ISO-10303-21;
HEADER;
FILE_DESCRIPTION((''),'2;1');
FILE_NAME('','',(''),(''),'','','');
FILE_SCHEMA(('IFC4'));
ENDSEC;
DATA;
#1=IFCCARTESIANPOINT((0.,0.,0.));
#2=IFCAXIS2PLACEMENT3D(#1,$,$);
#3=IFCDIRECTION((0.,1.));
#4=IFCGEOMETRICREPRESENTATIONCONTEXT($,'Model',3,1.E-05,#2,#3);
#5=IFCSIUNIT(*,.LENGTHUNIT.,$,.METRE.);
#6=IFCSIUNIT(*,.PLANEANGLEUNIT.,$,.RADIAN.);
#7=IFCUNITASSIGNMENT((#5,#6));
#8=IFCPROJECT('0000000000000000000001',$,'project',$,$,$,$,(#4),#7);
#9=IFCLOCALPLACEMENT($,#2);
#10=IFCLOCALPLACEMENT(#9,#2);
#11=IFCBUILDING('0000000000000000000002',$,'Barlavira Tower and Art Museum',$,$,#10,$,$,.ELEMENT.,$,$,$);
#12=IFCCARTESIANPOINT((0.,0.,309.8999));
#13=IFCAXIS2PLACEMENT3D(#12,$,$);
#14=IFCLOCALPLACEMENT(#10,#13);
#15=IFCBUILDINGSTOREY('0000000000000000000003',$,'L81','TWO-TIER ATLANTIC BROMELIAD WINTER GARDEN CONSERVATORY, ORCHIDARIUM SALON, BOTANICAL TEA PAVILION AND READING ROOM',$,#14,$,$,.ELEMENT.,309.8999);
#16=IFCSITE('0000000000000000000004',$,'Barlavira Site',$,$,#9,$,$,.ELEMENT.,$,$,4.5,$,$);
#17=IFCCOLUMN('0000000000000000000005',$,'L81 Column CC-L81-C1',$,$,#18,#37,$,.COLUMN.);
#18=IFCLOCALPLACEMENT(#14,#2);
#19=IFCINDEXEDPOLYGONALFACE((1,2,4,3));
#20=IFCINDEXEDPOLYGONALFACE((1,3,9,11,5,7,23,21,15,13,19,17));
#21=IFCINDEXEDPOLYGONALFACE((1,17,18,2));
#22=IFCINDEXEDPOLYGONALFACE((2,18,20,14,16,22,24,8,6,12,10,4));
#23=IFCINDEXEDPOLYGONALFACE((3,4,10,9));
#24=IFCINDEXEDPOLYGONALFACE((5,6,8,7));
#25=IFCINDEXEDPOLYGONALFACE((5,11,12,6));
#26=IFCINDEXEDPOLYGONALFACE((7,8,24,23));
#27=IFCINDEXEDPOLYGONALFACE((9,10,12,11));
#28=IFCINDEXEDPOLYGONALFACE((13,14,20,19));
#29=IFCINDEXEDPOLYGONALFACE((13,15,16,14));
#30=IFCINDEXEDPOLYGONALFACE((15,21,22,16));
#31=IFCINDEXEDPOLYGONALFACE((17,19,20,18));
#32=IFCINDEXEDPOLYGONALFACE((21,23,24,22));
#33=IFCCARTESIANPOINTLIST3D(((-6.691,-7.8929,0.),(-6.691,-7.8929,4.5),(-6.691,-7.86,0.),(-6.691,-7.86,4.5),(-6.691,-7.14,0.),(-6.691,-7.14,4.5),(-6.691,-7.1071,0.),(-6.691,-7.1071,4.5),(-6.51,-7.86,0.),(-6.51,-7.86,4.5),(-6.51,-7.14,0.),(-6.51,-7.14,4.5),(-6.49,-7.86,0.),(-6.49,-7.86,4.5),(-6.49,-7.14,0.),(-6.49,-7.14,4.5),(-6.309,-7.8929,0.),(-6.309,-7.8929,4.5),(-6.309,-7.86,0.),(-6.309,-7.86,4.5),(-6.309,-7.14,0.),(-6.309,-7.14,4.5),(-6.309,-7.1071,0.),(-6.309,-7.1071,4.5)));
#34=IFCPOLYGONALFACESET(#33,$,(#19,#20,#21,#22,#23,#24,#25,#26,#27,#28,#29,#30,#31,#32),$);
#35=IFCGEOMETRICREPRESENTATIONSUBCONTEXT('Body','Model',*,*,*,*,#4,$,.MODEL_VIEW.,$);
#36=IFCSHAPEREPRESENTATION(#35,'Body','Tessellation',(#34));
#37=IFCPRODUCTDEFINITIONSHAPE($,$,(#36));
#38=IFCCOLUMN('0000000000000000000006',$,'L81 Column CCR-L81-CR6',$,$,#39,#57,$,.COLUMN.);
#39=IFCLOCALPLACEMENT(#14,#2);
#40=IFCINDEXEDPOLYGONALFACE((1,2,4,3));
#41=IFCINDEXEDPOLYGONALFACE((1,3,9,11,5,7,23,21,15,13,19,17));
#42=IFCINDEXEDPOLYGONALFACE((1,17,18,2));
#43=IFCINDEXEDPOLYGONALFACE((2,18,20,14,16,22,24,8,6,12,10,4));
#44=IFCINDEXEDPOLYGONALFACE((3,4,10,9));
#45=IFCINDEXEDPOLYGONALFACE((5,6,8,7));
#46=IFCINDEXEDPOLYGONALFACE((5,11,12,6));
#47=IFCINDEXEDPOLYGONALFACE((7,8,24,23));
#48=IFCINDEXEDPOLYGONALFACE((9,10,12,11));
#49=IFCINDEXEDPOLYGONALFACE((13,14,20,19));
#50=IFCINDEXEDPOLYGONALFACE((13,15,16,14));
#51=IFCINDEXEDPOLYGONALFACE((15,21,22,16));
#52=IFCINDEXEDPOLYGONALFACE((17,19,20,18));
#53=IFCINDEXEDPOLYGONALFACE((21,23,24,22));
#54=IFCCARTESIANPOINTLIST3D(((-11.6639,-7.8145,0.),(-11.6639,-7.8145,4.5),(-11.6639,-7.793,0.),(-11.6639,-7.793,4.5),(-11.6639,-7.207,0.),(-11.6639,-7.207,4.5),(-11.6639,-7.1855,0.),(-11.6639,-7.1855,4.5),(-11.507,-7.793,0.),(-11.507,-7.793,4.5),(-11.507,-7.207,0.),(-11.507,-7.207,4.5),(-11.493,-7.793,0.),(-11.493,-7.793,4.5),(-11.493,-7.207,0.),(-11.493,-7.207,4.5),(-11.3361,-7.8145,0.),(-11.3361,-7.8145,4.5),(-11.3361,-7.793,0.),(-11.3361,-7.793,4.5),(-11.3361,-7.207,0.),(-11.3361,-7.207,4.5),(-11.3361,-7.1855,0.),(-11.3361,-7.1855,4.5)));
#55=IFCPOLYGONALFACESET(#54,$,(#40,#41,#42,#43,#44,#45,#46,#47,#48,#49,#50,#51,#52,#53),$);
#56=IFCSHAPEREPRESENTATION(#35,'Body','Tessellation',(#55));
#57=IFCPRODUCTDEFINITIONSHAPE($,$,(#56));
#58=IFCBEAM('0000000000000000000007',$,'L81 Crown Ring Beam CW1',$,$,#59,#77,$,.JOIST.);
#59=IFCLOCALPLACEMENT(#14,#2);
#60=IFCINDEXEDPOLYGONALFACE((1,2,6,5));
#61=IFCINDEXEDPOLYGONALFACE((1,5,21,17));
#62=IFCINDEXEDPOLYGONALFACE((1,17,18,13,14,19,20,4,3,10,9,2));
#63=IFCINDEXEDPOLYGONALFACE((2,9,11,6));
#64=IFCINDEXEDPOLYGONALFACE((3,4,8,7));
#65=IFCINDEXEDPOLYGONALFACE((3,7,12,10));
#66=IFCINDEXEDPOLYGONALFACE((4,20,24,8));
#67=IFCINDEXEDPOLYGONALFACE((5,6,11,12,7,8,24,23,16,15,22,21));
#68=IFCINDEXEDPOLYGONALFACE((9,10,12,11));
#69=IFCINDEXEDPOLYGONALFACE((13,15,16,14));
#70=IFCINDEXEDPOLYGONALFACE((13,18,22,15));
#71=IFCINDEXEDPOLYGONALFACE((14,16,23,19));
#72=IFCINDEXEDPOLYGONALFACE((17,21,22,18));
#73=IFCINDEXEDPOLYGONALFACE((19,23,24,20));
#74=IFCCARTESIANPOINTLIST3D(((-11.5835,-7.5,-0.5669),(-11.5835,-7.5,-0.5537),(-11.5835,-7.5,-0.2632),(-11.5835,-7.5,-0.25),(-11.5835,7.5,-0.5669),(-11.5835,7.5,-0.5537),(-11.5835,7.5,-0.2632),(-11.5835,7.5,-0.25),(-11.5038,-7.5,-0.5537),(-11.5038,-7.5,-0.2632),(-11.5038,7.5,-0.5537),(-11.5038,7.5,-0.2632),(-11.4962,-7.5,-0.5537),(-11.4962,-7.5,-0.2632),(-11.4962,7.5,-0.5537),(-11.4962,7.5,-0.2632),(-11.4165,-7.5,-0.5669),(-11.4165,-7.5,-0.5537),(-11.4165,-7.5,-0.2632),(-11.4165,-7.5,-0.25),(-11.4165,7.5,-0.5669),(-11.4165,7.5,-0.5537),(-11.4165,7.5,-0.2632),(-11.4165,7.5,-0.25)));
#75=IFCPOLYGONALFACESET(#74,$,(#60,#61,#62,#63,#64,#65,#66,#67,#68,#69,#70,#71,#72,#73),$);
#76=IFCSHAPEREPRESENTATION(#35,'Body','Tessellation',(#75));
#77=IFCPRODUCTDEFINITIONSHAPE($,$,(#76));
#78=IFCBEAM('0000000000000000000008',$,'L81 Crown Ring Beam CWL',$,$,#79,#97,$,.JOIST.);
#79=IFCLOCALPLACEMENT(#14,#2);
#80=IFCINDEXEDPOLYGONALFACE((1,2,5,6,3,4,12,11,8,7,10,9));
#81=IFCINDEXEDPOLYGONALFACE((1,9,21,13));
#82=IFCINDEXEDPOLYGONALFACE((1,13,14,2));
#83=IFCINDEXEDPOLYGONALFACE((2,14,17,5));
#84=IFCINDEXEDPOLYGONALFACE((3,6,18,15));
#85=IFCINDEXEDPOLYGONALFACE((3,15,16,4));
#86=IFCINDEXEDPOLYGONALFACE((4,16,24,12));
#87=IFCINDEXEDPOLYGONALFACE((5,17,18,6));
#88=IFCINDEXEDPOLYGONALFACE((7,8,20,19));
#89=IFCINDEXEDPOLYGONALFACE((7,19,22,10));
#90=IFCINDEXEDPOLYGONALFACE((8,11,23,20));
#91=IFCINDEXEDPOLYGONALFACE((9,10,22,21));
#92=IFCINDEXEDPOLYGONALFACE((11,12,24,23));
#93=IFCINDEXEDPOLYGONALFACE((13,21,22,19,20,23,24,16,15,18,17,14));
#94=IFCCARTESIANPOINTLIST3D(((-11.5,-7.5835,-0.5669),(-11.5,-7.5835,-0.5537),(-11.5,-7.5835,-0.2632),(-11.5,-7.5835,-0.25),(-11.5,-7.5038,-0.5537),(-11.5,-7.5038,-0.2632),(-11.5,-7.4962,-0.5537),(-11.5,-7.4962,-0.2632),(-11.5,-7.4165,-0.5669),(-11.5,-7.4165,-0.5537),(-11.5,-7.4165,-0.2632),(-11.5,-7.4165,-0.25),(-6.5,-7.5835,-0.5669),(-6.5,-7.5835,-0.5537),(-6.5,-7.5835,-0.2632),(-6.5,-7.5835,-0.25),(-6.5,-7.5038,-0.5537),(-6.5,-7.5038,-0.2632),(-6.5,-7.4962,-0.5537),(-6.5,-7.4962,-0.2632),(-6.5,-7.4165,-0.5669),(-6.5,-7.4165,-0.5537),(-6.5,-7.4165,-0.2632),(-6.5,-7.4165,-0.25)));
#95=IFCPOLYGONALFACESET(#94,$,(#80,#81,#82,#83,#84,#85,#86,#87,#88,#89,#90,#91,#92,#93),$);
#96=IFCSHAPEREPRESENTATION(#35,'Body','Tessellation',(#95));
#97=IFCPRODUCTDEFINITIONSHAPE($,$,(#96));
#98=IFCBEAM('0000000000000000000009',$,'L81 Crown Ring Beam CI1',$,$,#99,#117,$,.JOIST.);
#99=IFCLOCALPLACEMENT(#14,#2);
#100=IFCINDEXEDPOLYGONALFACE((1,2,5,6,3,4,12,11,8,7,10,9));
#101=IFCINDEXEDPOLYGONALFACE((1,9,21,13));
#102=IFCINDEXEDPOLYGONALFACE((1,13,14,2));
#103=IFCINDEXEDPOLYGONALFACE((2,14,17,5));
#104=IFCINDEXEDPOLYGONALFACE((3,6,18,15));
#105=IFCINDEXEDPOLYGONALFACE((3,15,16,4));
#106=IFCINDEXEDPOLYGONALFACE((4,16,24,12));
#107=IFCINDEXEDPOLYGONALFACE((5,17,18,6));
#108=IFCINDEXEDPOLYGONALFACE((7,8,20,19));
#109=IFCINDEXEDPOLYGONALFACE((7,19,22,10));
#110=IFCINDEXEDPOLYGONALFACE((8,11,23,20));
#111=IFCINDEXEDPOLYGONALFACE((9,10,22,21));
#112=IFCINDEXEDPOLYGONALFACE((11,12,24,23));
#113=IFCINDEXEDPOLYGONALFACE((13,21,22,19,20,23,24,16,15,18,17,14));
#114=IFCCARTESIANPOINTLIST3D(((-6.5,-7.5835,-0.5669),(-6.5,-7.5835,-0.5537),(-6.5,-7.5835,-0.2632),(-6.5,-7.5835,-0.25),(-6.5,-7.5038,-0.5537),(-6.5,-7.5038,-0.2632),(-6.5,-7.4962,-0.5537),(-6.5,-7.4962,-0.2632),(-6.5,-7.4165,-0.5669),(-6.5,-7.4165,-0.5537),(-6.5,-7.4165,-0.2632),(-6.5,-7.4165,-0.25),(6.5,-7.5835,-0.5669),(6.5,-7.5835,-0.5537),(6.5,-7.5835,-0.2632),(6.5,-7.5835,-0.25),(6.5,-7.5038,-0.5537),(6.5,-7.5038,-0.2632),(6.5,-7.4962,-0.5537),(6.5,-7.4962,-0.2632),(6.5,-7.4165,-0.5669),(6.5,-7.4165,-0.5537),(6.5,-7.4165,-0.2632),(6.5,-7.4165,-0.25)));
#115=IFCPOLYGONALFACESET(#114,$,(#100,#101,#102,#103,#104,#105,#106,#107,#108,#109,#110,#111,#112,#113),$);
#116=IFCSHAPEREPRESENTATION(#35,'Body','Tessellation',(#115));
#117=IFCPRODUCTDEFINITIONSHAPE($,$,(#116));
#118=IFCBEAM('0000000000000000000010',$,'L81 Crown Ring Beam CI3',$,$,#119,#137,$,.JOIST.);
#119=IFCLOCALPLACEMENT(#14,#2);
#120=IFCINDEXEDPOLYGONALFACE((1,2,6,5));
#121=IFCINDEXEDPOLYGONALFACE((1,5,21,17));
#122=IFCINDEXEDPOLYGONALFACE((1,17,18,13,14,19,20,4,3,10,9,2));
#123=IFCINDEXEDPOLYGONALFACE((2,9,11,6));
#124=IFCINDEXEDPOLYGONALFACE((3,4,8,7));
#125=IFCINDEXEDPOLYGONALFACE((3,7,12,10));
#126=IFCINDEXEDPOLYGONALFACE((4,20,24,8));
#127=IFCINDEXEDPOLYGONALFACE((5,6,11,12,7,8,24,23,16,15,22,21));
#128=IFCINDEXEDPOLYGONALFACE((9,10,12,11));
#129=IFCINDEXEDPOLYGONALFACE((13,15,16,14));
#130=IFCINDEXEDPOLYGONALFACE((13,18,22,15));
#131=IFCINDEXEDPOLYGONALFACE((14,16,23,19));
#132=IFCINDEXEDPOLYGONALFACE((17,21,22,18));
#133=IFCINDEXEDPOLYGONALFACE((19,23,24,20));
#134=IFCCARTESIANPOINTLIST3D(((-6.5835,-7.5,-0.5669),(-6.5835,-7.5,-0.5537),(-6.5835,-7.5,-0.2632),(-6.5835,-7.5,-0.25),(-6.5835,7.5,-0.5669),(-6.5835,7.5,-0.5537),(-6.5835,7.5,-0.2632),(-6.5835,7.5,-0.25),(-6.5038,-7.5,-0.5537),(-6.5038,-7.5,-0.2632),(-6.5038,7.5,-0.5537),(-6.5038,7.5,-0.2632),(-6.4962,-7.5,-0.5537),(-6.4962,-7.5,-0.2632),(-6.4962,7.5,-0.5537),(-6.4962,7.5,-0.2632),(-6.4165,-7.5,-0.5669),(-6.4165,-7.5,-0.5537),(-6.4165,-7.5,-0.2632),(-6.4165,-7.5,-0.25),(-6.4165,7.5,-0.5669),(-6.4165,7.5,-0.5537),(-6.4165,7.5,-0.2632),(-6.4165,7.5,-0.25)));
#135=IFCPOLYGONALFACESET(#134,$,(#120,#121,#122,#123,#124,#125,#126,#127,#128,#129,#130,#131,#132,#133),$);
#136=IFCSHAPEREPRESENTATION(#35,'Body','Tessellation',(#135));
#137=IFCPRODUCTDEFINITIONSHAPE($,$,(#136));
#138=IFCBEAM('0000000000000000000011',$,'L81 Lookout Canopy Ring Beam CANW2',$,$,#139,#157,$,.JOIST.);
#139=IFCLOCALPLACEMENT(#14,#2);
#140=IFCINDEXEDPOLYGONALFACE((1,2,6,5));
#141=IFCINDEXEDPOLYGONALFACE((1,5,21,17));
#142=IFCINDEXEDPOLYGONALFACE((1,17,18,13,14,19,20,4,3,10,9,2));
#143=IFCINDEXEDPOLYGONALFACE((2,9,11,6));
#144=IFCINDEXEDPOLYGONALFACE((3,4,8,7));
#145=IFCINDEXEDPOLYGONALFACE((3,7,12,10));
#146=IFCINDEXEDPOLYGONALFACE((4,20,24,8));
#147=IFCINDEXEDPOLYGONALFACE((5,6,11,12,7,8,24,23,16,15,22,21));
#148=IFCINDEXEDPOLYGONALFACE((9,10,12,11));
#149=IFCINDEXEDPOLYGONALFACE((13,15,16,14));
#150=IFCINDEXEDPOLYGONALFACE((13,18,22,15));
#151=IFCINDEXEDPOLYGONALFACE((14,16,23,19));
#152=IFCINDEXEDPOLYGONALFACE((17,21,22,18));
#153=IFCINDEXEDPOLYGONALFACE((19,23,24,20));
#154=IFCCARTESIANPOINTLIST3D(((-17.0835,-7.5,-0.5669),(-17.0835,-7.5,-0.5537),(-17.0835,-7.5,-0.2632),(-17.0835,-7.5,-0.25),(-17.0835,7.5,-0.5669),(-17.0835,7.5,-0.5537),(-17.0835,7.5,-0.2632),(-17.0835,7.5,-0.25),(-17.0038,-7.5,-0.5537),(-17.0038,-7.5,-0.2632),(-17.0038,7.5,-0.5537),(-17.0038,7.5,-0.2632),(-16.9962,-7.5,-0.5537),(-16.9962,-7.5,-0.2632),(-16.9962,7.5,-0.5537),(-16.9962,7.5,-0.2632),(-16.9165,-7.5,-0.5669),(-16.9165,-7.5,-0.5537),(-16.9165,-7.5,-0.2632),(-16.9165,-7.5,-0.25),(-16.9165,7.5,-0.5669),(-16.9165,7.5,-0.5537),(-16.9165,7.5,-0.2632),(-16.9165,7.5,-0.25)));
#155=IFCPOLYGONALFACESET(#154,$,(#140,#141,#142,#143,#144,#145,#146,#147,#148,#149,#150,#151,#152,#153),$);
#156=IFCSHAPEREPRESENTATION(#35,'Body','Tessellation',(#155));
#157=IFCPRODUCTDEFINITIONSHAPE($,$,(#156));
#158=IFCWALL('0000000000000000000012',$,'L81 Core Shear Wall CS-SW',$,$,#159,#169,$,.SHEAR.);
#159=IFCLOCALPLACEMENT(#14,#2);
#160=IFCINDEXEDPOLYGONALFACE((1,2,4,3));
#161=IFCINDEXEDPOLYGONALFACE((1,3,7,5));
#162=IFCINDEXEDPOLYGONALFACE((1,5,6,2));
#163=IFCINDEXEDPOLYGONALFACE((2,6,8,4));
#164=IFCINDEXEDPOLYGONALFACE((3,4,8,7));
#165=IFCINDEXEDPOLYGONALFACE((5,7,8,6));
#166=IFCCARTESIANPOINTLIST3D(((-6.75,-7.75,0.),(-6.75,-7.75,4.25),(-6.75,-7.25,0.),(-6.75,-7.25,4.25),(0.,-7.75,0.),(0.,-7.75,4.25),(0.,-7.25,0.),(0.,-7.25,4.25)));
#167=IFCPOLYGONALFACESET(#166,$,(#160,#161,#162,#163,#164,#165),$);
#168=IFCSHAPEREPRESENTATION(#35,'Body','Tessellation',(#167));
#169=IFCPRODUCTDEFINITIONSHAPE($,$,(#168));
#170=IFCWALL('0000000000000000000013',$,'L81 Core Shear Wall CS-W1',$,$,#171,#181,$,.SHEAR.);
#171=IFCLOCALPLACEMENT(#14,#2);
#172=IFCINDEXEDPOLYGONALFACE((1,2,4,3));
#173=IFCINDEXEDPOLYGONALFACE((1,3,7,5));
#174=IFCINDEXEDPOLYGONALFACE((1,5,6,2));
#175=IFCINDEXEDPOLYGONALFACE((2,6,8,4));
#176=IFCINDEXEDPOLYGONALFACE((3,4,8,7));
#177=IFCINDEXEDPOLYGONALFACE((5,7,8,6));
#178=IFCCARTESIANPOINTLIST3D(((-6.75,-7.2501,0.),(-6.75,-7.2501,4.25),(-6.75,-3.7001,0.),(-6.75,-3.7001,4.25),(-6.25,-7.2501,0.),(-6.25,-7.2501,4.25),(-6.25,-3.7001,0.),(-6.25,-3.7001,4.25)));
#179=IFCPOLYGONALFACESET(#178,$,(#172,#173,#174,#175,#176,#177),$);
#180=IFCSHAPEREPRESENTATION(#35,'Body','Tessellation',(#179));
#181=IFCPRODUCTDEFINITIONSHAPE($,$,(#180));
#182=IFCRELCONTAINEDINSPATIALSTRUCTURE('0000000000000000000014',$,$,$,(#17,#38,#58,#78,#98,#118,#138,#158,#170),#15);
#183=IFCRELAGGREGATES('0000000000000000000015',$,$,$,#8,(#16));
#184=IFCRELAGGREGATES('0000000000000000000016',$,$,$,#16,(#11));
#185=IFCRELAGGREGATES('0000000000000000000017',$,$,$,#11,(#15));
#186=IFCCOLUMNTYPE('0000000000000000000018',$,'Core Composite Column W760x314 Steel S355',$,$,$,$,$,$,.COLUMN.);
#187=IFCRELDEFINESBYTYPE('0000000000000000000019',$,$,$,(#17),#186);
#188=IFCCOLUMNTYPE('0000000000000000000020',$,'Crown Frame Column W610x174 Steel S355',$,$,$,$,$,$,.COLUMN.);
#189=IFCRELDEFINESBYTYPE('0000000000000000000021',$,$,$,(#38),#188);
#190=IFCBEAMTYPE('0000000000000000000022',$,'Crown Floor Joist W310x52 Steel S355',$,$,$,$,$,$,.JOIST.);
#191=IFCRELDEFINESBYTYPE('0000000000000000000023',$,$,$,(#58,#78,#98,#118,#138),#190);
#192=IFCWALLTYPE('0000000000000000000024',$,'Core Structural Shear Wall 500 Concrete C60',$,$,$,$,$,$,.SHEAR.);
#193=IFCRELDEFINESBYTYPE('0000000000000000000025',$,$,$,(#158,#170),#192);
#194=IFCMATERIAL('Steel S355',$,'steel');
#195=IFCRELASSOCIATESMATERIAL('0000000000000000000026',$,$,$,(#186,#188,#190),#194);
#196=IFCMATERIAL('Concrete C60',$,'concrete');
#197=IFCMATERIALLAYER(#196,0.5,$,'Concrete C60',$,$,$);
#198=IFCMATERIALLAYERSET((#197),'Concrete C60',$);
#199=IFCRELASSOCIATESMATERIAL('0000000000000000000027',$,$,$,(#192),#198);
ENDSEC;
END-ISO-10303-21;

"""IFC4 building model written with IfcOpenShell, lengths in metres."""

from ifc_helpers import new_model, si_unit, direction, frame, frame_2d, origin, origin_2d, place, context, subcontext, project, spatial, rectangle, i_section, extrude, material, layer, layer_set, material_profile, profile_set, type_object, element, save


model = new_model("IFC4")

# Units and contexts
model_context = context("Model", 3, precision=1e-05, world=origin(), true_north=direction((0.0, 1.0)))
body_context = subcontext(model_context, "Body", "Model", "MODEL_VIEW")
ifc_project = project(units=[si_unit("LENGTHUNIT", "METRE"), si_unit("PLANEANGLEUNIT", "RADIAN")], contexts=[model_context])

# Site, building, storey
site_placement = place(None, origin())
site = spatial("IfcSite", under=ifc_project, at=site_placement, Name="Barlavira Site", CompositionType="ELEMENT", RefElevation=4.5)
building_placement = place(site_placement, origin())
building = spatial("IfcBuilding", under=site, at=building_placement, Name="Barlavira Tower and Art Museum", CompositionType="ELEMENT")
storey_placement = place(building_placement, frame((0.0, 0.0, 309.8999)))
storey = spatial("IfcBuildingStorey", under=building, at=storey_placement, Name="L81", Description="TWO-TIER ATLANTIC BROMELIAD WINTER GARDEN CONSERVATORY, ORCHIDARIUM SALON, BOTANICAL TEA PAVILION AND READING ROOM", CompositionType="ELEMENT", Elevation=309.8999)

# Columns
ifc_material_1 = material(Name="Steel S355", Category="steel")
ifc_material_profile_1 = material_profile(ifc_material_1, i_section(OverallWidth=0.3821, OverallDepth=0.7859, WebThickness=0.02, FlangeThickness=0.033, at=origin_2d()), Name="W760x314.0")
ifc_profile_set_1 = profile_set([ifc_material_profile_1], Name="Steel S355")
column_type_1 = type_object("IfcColumnType", Name="Core Composite Column W760x314 Steel S355", PredefinedType="COLUMN", material=ifc_profile_set_1)
column_1_placement = place(storey_placement, frame((-6.5, -7.5, 0.0), z_axis=(0.0, 0.0, 1.0), x_axis=(1.0, 0.0, 0.0)))
element("IfcColumn", 1, at=column_1_placement, inside=storey, type_object=column_type_1, Name="L81 Column CC-L81-C1", PredefinedType="COLUMN", context=body_context, shape_type="SweptSolid", body=[
    extrude(i_section(OverallWidth=0.3821, OverallDepth=0.7859, WebThickness=0.02, FlangeThickness=0.033, at=origin_2d()), origin(), (0.0, 0.0, 1.0), 4.5),
])
ifc_material_profile_2 = material_profile(ifc_material_1, i_section(OverallWidth=0.3279, OverallDepth=0.6289, WebThickness=0.0139, FlangeThickness=0.0215, at=origin_2d()), Name="W610x174.0")
ifc_profile_set_2 = profile_set([ifc_material_profile_2], Name="Steel S355")
column_type_2 = type_object("IfcColumnType", Name="Crown Frame Column W610x174 Steel S355", PredefinedType="COLUMN", material=ifc_profile_set_2)
column_2_placement = place(storey_placement, frame((-11.5, -7.5, 0.0), z_axis=(0.0, 0.0, 1.0), x_axis=(1.0, 0.0, 0.0)))
element("IfcColumn", 2, at=column_2_placement, inside=storey, type_object=column_type_2, Name="L81 Column CCR-L81-CR6", PredefinedType="COLUMN", context=body_context, shape_type="SweptSolid", body=[
    extrude(i_section(OverallWidth=0.3279, OverallDepth=0.6289, WebThickness=0.0139, FlangeThickness=0.0215, at=origin_2d()), origin(), (0.0, 0.0, 1.0), 4.5),
])

# Beams
ifc_material_profile_3 = material_profile(ifc_material_1, i_section(OverallWidth=0.167, OverallDepth=0.3169, WebThickness=0.0076, FlangeThickness=0.0132, at=origin_2d()), Name="W310x52.0")
ifc_profile_set_3 = profile_set([ifc_material_profile_3], Name="Steel S355")
beam_type = type_object("IfcBeamType", Name="Crown Floor Joist W310x52 Steel S355", PredefinedType="JOIST", material=ifc_profile_set_3)
beam_1_placement = place(storey_placement, frame((-11.5, -7.5, -0.4084), z_axis=(0.0, 1.0, 0.0), x_axis=(-1.0, 0.0, 0.0)))
element("IfcBeam", 3, at=beam_1_placement, inside=storey, type_object=beam_type, Name="L81 Crown Ring Beam CW1", PredefinedType="JOIST", context=body_context, shape_type="SweptSolid", body=[
    extrude(i_section(OverallWidth=0.167, OverallDepth=0.3169, WebThickness=0.0076, FlangeThickness=0.0132, at=origin_2d()), origin(), (0.0, 0.0, 1.0), 15.0),
])
beam_2_placement = place(storey_placement, frame((-11.5, -7.5, -0.4084), z_axis=(1.0, 0.0, 0.0), x_axis=(0.0, 1.0, 0.0)))
element("IfcBeam", 4, at=beam_2_placement, inside=storey, type_object=beam_type, Name="L81 Crown Ring Beam CWL", PredefinedType="JOIST", context=body_context, shape_type="SweptSolid", body=[
    extrude(i_section(OverallWidth=0.167, OverallDepth=0.3169, WebThickness=0.0076, FlangeThickness=0.0132, at=origin_2d()), origin(), (0.0, 0.0, 1.0), 5.0),
])
beam_3_placement = place(storey_placement, frame((-6.5, -7.5, -0.4084), z_axis=(1.0, 0.0, 0.0), x_axis=(0.0, 1.0, 0.0)))
element("IfcBeam", 5, at=beam_3_placement, inside=storey, type_object=beam_type, Name="L81 Crown Ring Beam CI1", PredefinedType="JOIST", context=body_context, shape_type="SweptSolid", body=[
    extrude(i_section(OverallWidth=0.167, OverallDepth=0.3169, WebThickness=0.0076, FlangeThickness=0.0132, at=origin_2d()), origin(), (0.0, 0.0, 1.0), 13.0),
])
for number, where, z_axis, x_axis, name in (
    (6, (-6.5, -7.5, -0.4084), (0.0, 1.0, 0.0), (-1.0, 0.0, 0.0), "L81 Crown Ring Beam CI3"),
    (7, (-17.0, -7.5, -0.4084), (0.0, 1.0, 0.0), (-1.0, 0.0, 0.0), "L81 Lookout Canopy Ring Beam CANW2"),
):
    element("IfcBeam", number, at=place(storey_placement, frame(where, z_axis=z_axis, x_axis=x_axis)), inside=storey, type_object=beam_type, Name=name, PredefinedType="JOIST", context=body_context, shape_type="SweptSolid", body=[
        extrude(i_section(OverallWidth=0.167, OverallDepth=0.3169, WebThickness=0.0076, FlangeThickness=0.0132, at=origin_2d()), origin(), (0.0, 0.0, 1.0), 15.0),
    ])

# Walls
ifc_material_2 = material(Name="Concrete C60", Category="concrete")
ifc_layer_1 = layer(ifc_material_2, 0.5, Name="Concrete C60")
ifc_layer_set_1 = layer_set([ifc_layer_1], Name="Concrete C60")
wall_type_1 = type_object("IfcWallType", Name="Core Structural Shear Wall 500 Concrete C60", PredefinedType="SHEAR", material=ifc_layer_set_1)
wall_1_placement = place(storey_placement, frame((-6.75, -7.5, 0.0), z_axis=(0.0, 0.0, 1.0), x_axis=(1.0, 0.0, 0.0)))
element("IfcWall", 8, at=wall_1_placement, inside=storey, type_object=wall_type_1, Name="L81 Core Shear Wall CS-SW", PredefinedType="SHEAR", context=body_context, shape_type="SweptSolid", body=[
    extrude(rectangle(XDim=6.75, YDim=0.5, at=frame_2d((3.375, 0.0))), origin(), (0.0, 0.0, 1.0), 4.25),
])
wall_2_placement = place(storey_placement, frame((-6.5, -7.25, 0.0), z_axis=(0.0, 0.0, 1.0), x_axis=(0.0, 1.0, 0.0)))
element("IfcWall", 9, at=wall_2_placement, inside=storey, type_object=wall_type_1, Name="L81 Core Shear Wall CS-W1", PredefinedType="SHEAR", context=body_context, shape_type="SweptSolid", body=[
    extrude(rectangle(XDim=3.55, YDim=0.5, at=frame_2d((1.7749, 0.0))), origin(), (0.0, 0.0, 1.0), 4.25),
])

save(model, "model.ifc")
